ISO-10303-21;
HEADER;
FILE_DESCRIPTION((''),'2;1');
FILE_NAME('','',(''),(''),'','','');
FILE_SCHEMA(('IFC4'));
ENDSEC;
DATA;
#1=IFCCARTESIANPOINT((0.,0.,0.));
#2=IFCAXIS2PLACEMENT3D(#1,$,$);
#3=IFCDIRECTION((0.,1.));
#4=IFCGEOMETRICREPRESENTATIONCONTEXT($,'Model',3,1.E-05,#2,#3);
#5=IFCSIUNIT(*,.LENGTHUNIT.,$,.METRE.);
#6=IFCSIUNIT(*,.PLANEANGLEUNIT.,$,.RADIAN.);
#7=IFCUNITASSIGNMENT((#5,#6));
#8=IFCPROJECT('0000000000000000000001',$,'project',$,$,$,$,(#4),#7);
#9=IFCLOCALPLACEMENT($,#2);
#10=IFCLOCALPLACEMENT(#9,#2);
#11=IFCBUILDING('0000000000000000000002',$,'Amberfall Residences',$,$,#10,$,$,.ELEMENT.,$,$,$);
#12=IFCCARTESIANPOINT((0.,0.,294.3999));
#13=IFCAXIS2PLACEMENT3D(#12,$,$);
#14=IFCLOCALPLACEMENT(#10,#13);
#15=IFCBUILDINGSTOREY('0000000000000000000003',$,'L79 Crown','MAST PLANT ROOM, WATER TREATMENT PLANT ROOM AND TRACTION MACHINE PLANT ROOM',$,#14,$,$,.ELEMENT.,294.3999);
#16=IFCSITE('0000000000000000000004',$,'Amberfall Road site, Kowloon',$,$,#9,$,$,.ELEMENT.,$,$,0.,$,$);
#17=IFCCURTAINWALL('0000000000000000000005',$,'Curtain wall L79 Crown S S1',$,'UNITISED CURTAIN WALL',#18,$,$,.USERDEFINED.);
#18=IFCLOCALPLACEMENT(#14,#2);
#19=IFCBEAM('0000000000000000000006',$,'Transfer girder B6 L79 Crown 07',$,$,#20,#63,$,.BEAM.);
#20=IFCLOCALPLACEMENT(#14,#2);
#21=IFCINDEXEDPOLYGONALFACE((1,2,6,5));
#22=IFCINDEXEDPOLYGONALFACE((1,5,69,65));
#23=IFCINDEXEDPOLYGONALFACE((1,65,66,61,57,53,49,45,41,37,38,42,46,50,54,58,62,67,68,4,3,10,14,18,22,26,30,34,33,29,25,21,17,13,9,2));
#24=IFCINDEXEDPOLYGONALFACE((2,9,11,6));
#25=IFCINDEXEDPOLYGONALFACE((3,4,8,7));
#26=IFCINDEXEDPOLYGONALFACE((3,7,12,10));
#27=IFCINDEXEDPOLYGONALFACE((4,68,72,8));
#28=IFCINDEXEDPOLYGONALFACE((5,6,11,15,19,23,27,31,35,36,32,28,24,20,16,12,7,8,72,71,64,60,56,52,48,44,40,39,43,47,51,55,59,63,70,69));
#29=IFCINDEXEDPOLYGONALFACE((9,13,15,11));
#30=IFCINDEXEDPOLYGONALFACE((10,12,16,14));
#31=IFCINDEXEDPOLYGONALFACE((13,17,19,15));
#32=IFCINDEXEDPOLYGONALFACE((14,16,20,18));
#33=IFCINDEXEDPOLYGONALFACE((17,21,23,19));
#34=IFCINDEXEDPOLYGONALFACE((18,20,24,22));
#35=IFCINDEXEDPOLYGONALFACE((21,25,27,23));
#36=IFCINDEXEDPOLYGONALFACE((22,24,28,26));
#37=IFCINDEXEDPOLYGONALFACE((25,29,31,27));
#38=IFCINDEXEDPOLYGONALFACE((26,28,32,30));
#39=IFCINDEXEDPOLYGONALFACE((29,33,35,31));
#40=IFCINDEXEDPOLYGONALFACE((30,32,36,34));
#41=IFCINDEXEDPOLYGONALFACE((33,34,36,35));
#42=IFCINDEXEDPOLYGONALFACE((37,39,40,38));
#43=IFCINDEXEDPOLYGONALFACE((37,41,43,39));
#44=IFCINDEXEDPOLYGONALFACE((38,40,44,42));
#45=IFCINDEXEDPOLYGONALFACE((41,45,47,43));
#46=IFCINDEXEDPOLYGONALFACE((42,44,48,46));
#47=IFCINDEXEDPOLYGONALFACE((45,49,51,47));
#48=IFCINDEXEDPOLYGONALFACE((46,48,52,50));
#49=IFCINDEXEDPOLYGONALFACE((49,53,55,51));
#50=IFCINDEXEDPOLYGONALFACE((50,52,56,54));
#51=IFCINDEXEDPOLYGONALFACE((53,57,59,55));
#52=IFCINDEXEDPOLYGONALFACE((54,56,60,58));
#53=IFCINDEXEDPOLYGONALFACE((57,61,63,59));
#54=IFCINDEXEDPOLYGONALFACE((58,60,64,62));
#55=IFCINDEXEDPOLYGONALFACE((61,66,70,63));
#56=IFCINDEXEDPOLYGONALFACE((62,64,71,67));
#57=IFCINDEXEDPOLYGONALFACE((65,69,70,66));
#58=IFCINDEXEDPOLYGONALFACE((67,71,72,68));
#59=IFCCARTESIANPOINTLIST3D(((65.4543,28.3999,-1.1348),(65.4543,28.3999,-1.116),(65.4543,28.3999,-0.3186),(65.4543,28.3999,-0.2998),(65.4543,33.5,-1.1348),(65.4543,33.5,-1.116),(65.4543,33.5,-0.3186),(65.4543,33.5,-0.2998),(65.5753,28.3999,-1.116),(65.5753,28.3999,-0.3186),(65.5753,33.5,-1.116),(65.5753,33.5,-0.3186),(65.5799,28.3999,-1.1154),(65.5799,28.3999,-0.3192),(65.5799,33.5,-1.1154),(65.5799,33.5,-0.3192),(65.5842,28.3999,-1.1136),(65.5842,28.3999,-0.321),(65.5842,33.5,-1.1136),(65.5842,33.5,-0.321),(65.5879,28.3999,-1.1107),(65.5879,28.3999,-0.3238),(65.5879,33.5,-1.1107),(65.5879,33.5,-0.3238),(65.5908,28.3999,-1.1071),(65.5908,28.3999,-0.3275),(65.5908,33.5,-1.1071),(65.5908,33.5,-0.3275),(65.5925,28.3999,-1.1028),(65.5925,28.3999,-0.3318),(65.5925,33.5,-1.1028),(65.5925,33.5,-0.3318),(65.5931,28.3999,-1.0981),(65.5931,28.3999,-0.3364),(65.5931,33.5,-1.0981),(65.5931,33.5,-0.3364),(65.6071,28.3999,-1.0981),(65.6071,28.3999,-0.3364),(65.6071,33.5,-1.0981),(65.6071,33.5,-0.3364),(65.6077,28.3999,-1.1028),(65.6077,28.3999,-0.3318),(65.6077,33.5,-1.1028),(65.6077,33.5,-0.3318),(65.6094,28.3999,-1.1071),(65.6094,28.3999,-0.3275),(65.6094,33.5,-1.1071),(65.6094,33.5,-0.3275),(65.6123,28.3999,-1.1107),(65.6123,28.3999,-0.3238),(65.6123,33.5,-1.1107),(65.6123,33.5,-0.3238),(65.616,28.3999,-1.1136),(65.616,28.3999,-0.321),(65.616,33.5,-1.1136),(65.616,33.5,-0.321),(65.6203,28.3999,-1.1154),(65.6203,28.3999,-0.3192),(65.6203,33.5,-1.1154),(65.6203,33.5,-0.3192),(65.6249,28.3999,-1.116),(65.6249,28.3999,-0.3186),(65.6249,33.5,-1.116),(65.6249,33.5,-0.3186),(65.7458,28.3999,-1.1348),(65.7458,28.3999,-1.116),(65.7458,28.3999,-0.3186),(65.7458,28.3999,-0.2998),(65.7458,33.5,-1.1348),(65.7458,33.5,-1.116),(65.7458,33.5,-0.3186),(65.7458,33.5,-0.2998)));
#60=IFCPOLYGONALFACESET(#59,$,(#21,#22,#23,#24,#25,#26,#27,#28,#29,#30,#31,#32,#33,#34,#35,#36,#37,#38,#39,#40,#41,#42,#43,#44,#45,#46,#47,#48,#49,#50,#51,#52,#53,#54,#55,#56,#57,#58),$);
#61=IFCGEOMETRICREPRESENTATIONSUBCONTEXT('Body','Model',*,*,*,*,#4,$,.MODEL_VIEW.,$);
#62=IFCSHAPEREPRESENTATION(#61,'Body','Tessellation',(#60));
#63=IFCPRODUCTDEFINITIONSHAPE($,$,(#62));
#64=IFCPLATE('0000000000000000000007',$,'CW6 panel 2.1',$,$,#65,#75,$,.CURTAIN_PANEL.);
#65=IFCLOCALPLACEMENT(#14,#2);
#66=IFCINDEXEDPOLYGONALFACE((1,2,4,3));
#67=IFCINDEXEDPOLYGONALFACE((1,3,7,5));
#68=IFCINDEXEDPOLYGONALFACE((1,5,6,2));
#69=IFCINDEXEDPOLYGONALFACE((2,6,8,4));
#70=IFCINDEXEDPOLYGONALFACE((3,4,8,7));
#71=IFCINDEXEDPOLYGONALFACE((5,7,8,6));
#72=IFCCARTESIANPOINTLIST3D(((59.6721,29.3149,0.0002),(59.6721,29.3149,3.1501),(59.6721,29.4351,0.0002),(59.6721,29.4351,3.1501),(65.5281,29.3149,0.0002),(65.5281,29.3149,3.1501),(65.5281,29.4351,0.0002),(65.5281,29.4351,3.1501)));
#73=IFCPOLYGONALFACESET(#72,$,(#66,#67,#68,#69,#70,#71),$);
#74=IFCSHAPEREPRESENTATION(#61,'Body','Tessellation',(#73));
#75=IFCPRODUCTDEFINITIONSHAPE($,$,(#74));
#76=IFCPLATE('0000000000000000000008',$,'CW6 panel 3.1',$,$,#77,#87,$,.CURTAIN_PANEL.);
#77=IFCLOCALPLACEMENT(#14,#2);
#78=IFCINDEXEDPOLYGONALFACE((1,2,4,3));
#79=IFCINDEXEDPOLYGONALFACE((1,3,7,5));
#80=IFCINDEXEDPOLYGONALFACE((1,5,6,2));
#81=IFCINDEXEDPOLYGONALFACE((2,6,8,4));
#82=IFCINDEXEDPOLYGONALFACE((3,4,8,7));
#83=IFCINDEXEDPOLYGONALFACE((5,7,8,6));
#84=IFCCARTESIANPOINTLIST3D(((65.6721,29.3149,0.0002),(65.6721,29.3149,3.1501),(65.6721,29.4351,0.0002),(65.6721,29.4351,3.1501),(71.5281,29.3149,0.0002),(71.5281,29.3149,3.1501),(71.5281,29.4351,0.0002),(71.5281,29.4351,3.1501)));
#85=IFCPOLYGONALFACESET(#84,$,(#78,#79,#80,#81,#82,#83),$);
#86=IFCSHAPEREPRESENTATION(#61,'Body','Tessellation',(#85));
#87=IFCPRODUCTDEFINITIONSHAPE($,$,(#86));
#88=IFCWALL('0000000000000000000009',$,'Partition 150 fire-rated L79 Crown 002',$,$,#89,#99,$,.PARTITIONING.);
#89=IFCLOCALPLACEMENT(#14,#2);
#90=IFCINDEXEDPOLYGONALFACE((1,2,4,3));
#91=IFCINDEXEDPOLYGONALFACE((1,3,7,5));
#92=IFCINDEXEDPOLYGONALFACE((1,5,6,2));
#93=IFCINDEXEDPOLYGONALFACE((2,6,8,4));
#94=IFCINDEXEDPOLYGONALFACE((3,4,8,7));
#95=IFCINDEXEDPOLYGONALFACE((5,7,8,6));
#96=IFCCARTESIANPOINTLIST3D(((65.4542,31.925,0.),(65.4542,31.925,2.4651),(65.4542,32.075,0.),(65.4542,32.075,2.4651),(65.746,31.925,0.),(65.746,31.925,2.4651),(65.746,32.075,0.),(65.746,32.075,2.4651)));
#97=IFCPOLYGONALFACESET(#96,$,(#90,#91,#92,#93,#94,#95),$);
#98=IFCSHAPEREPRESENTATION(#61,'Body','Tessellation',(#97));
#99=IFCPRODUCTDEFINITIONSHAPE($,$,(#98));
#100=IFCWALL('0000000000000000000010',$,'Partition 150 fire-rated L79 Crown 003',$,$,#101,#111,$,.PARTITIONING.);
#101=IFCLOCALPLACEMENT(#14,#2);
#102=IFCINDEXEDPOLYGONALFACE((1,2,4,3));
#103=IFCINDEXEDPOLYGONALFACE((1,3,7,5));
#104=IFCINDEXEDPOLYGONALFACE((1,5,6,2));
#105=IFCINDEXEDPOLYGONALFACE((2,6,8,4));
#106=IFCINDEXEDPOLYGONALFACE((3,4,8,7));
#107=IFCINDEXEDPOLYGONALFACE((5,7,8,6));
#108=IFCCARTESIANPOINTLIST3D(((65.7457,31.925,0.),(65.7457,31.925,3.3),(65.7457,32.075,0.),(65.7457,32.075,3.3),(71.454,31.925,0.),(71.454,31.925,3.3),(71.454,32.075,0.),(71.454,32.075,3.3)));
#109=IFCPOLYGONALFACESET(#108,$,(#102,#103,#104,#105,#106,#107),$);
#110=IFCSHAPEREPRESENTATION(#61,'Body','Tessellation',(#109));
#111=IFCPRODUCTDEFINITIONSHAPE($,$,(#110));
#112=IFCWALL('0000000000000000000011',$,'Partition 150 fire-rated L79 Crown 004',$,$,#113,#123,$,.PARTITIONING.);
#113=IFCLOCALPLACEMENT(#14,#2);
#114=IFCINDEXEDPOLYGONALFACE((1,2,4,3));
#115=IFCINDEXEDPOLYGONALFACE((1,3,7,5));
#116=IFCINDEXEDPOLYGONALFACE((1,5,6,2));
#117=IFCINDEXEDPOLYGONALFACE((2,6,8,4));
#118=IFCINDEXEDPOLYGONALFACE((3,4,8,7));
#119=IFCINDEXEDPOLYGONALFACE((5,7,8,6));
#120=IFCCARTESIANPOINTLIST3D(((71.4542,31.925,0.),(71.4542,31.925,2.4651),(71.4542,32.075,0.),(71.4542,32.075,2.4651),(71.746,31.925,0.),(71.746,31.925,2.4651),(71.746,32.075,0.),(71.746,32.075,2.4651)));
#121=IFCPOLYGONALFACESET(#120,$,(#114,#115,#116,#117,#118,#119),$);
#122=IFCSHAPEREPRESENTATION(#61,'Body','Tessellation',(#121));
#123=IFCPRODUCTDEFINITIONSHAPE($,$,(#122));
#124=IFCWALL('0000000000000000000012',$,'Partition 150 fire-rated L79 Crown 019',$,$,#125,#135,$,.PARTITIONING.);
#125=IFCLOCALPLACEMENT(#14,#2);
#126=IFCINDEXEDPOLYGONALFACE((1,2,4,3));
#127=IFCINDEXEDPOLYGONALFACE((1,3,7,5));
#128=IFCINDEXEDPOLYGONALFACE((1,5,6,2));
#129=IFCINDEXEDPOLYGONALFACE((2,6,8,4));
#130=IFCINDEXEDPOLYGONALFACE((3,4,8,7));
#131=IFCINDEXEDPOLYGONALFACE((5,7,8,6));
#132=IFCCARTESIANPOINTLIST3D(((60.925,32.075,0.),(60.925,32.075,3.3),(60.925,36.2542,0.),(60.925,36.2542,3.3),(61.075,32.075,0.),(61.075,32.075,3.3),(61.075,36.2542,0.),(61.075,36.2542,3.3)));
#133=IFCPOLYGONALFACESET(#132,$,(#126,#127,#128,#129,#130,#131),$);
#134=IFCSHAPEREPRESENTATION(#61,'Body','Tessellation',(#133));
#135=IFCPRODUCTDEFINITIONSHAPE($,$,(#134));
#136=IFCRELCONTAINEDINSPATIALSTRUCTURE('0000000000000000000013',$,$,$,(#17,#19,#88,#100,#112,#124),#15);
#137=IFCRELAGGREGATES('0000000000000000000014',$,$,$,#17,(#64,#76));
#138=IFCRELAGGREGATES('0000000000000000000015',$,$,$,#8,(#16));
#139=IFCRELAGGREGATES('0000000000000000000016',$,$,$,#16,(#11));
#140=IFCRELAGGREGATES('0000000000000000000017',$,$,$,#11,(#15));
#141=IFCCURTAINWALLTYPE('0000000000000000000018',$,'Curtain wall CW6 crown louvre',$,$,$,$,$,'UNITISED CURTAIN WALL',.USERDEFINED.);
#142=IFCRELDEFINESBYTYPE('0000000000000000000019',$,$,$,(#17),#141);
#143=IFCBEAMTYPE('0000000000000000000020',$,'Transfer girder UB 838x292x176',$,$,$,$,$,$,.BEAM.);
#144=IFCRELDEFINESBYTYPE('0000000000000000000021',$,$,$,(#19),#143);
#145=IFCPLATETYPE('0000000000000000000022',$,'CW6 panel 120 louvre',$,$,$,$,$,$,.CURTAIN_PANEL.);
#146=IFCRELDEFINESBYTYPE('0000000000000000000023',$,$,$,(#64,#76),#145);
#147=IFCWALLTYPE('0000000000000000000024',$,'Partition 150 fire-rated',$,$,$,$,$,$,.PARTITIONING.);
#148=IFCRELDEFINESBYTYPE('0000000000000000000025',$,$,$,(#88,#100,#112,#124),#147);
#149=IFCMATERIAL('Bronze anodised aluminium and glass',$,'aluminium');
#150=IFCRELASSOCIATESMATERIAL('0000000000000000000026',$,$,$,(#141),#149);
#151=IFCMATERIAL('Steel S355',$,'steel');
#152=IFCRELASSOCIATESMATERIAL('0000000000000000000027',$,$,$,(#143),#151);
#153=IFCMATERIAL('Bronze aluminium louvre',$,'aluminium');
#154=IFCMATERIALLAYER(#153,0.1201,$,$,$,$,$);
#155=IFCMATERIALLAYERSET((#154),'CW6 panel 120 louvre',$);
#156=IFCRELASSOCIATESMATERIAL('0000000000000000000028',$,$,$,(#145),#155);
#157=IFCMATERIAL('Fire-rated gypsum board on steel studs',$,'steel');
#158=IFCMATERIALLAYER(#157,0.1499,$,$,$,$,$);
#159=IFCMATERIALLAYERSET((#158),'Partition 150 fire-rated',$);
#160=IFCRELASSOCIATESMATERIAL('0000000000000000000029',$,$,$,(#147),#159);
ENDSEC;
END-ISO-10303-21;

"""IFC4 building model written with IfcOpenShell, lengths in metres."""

from ifc_helpers import new_model, si_unit, direction, frame, frame_2d, origin, origin_2d, place, context, subcontext, project, spatial, rectangle, i_section, extrude, material, layer, layer_set, material_profile, profile_set, type_object, element, aggregate, save


model = new_model("IFC4")

# Units and contexts
model_context = context("Model", 3, precision=1e-05, world=origin(), true_north=direction((0.0, 1.0)))
body_context = subcontext(model_context, "Body", "Model", "MODEL_VIEW")
ifc_project = project(units=[si_unit("LENGTHUNIT", "METRE"), si_unit("PLANEANGLEUNIT", "RADIAN")], contexts=[model_context])

# Site, building, storey
site_placement = place(None, origin())
site = spatial("IfcSite", under=ifc_project, at=site_placement, Name="Amberfall Road site, Kowloon", CompositionType="ELEMENT", RefElevation=0.0)
building_placement = place(site_placement, origin())
building = spatial("IfcBuilding", under=site, at=building_placement, Name="Amberfall Residences", CompositionType="ELEMENT")
storey_placement = place(building_placement, frame((0.0, 0.0, 294.3999)))
storey = spatial("IfcBuildingStorey", under=building, at=storey_placement, Name="L79 Crown", Description="MAST PLANT ROOM, WATER TREATMENT PLANT ROOM AND TRACTION MACHINE PLANT ROOM", CompositionType="ELEMENT", Elevation=294.3999)

# Curtain wall
ifc_material_1 = material(Name="Bronze anodised aluminium and glass", Category="aluminium")
curtain_wall_type = type_object("IfcCurtainWallType", Name="Curtain wall CW6 crown louvre", ElementType="UNITISED CURTAIN WALL", PredefinedType="USERDEFINED", material=ifc_material_1)
curtain_wall_placement = place(storey_placement, origin())
curtain_wall = element("IfcCurtainWall", 1, at=curtain_wall_placement, inside=storey, type_object=curtain_wall_type, Name="Curtain wall L79 Crown S S1", ObjectType="UNITISED CURTAIN WALL", PredefinedType="USERDEFINED")

# Beam
ifc_material_2 = material(Name="Steel S355", Category="steel")
ifc_material_profile_1 = material_profile(ifc_material_2, i_section(OverallWidth=0.2915, OverallDepth=0.835, WebThickness=0.0139, FlangeThickness=0.0188, FilletRadius=0.0178, at=origin_2d()), Name="UB 838x292x176")
ifc_profile_set_1 = profile_set([ifc_material_profile_1], Name="Steel S355")
beam_type_1 = type_object("IfcBeamType", Name="Transfer girder UB 838x292x176", PredefinedType="BEAM", material=ifc_profile_set_1)
beam_placement = place(storey_placement, frame((65.6001, 28.3999, -0.7173), z_axis=(0.0, 1.0, 0.0), x_axis=(-1.0, 0.0, 0.0)))
element("IfcBeam", 2, at=beam_placement, inside=storey, type_object=beam_type_1, Name="Transfer girder B6 L79 Crown 07", PredefinedType="BEAM", context=body_context, shape_type="SweptSolid", body=[
    extrude(i_section(OverallWidth=0.2915, OverallDepth=0.835, WebThickness=0.0139, FlangeThickness=0.0188, FilletRadius=0.0178, at=origin_2d()), origin(), (0.0, 0.0, 1.0), 5.1001),
])

# Plates
ifc_material_3 = material(Name="Bronze aluminium louvre", Category="aluminium")
ifc_layer_1 = layer(ifc_material_3, 0.1201)
ifc_layer_set_1 = layer_set([ifc_layer_1], Name="CW6 panel 120 louvre")
plate_type = type_object("IfcPlateType", Name="CW6 panel 120 louvre", PredefinedType="CURTAIN_PANEL", material=ifc_layer_set_1)
plate_1_placement = place(storey_placement, frame((62.6001, 29.375, 0.0002), z_axis=(0.0, 0.0, 1.0), x_axis=(1.0, 0.0, 0.0)))
plate_1 = element("IfcPlate", 3, at=plate_1_placement, type_object=plate_type, Name="CW6 panel 2.1", PredefinedType="CURTAIN_PANEL", context=body_context, shape_type="SweptSolid", body=[
    extrude(rectangle(XDim=5.856, YDim=0.1201, at=origin_2d()), origin(), (0.0, 0.0, 1.0), 3.1499),
])
plate_2_placement = place(storey_placement, frame((68.6001, 29.375, 0.0002), z_axis=(0.0, 0.0, 1.0), x_axis=(1.0, 0.0, 0.0)))
plate_2 = element("IfcPlate", 4, at=plate_2_placement, type_object=plate_type, Name="CW6 panel 3.1", PredefinedType="CURTAIN_PANEL", context=body_context, shape_type="SweptSolid", body=[
    extrude(rectangle(XDim=5.856, YDim=0.1201, at=origin_2d()), origin(), (0.0, 0.0, 1.0), 3.1499),
])
aggregate(curtain_wall, [plate_1, plate_2])

# Walls
ifc_material_4 = material(Name="Fire-rated gypsum board on steel studs", Category="steel")
ifc_layer_2 = layer(ifc_material_4, 0.1499)
ifc_layer_set_2 = layer_set([ifc_layer_2], Name="Partition 150 fire-rated")
wall_type = type_object("IfcWallType", Name="Partition 150 fire-rated", PredefinedType="PARTITIONING", material=ifc_layer_set_2)
wall_1_placement = place(storey_placement, frame((65.4541, 32.0, 0.0), z_axis=(0.0, 0.0, 1.0), x_axis=(1.0, 0.0, 0.0)))
element("IfcWall", 5, at=wall_1_placement, inside=storey, type_object=wall_type, Name="Partition 150 fire-rated L79 Crown 002", PredefinedType="PARTITIONING", context=body_context, shape_type="SweptSolid", body=[
    extrude(rectangle(XDim=0.2917, YDim=0.1499, at=frame_2d((0.146, 0.0))), origin(), (0.0, 0.0, 1.0), 2.4651),
])
wall_2_placement = place(storey_placement, frame((65.7458, 32.0, 0.0), z_axis=(0.0, 0.0, 1.0), x_axis=(1.0, 0.0, 0.0)))
element("IfcWall", 6, at=wall_2_placement, inside=storey, type_object=wall_type, Name="Partition 150 fire-rated L79 Crown 003", PredefinedType="PARTITIONING", context=body_context, shape_type="SweptSolid", body=[
    extrude(rectangle(XDim=5.7083, YDim=0.1499, at=frame_2d((2.854, 0.0))), origin(), (0.0, 0.0, 1.0), 3.3),
])
wall_3_placement = place(storey_placement, frame((71.4541, 32.0, 0.0), z_axis=(0.0, 0.0, 1.0), x_axis=(1.0, 0.0, 0.0)))
element("IfcWall", 7, at=wall_3_placement, inside=storey, type_object=wall_type, Name="Partition 150 fire-rated L79 Crown 004", PredefinedType="PARTITIONING", context=body_context, shape_type="SweptSolid", body=[
    extrude(rectangle(XDim=0.2917, YDim=0.1499, at=frame_2d((0.146, 0.0))), origin(), (0.0, 0.0, 1.0), 2.4651),
])
wall_4_placement = place(storey_placement, frame((61.0, 32.075, 0.0), z_axis=(0.0, 0.0, 1.0), x_axis=(0.0, 1.0, 0.0)))
element("IfcWall", 8, at=wall_4_placement, inside=storey, type_object=wall_type, Name="Partition 150 fire-rated L79 Crown 019", PredefinedType="PARTITIONING", context=body_context, shape_type="SweptSolid", body=[
    extrude(rectangle(XDim=4.1792, YDim=0.1499, at=frame_2d((2.0896, 0.0))), origin(), (0.0, 0.0, 1.0), 3.3),
])

save(model, "model.ifc")
